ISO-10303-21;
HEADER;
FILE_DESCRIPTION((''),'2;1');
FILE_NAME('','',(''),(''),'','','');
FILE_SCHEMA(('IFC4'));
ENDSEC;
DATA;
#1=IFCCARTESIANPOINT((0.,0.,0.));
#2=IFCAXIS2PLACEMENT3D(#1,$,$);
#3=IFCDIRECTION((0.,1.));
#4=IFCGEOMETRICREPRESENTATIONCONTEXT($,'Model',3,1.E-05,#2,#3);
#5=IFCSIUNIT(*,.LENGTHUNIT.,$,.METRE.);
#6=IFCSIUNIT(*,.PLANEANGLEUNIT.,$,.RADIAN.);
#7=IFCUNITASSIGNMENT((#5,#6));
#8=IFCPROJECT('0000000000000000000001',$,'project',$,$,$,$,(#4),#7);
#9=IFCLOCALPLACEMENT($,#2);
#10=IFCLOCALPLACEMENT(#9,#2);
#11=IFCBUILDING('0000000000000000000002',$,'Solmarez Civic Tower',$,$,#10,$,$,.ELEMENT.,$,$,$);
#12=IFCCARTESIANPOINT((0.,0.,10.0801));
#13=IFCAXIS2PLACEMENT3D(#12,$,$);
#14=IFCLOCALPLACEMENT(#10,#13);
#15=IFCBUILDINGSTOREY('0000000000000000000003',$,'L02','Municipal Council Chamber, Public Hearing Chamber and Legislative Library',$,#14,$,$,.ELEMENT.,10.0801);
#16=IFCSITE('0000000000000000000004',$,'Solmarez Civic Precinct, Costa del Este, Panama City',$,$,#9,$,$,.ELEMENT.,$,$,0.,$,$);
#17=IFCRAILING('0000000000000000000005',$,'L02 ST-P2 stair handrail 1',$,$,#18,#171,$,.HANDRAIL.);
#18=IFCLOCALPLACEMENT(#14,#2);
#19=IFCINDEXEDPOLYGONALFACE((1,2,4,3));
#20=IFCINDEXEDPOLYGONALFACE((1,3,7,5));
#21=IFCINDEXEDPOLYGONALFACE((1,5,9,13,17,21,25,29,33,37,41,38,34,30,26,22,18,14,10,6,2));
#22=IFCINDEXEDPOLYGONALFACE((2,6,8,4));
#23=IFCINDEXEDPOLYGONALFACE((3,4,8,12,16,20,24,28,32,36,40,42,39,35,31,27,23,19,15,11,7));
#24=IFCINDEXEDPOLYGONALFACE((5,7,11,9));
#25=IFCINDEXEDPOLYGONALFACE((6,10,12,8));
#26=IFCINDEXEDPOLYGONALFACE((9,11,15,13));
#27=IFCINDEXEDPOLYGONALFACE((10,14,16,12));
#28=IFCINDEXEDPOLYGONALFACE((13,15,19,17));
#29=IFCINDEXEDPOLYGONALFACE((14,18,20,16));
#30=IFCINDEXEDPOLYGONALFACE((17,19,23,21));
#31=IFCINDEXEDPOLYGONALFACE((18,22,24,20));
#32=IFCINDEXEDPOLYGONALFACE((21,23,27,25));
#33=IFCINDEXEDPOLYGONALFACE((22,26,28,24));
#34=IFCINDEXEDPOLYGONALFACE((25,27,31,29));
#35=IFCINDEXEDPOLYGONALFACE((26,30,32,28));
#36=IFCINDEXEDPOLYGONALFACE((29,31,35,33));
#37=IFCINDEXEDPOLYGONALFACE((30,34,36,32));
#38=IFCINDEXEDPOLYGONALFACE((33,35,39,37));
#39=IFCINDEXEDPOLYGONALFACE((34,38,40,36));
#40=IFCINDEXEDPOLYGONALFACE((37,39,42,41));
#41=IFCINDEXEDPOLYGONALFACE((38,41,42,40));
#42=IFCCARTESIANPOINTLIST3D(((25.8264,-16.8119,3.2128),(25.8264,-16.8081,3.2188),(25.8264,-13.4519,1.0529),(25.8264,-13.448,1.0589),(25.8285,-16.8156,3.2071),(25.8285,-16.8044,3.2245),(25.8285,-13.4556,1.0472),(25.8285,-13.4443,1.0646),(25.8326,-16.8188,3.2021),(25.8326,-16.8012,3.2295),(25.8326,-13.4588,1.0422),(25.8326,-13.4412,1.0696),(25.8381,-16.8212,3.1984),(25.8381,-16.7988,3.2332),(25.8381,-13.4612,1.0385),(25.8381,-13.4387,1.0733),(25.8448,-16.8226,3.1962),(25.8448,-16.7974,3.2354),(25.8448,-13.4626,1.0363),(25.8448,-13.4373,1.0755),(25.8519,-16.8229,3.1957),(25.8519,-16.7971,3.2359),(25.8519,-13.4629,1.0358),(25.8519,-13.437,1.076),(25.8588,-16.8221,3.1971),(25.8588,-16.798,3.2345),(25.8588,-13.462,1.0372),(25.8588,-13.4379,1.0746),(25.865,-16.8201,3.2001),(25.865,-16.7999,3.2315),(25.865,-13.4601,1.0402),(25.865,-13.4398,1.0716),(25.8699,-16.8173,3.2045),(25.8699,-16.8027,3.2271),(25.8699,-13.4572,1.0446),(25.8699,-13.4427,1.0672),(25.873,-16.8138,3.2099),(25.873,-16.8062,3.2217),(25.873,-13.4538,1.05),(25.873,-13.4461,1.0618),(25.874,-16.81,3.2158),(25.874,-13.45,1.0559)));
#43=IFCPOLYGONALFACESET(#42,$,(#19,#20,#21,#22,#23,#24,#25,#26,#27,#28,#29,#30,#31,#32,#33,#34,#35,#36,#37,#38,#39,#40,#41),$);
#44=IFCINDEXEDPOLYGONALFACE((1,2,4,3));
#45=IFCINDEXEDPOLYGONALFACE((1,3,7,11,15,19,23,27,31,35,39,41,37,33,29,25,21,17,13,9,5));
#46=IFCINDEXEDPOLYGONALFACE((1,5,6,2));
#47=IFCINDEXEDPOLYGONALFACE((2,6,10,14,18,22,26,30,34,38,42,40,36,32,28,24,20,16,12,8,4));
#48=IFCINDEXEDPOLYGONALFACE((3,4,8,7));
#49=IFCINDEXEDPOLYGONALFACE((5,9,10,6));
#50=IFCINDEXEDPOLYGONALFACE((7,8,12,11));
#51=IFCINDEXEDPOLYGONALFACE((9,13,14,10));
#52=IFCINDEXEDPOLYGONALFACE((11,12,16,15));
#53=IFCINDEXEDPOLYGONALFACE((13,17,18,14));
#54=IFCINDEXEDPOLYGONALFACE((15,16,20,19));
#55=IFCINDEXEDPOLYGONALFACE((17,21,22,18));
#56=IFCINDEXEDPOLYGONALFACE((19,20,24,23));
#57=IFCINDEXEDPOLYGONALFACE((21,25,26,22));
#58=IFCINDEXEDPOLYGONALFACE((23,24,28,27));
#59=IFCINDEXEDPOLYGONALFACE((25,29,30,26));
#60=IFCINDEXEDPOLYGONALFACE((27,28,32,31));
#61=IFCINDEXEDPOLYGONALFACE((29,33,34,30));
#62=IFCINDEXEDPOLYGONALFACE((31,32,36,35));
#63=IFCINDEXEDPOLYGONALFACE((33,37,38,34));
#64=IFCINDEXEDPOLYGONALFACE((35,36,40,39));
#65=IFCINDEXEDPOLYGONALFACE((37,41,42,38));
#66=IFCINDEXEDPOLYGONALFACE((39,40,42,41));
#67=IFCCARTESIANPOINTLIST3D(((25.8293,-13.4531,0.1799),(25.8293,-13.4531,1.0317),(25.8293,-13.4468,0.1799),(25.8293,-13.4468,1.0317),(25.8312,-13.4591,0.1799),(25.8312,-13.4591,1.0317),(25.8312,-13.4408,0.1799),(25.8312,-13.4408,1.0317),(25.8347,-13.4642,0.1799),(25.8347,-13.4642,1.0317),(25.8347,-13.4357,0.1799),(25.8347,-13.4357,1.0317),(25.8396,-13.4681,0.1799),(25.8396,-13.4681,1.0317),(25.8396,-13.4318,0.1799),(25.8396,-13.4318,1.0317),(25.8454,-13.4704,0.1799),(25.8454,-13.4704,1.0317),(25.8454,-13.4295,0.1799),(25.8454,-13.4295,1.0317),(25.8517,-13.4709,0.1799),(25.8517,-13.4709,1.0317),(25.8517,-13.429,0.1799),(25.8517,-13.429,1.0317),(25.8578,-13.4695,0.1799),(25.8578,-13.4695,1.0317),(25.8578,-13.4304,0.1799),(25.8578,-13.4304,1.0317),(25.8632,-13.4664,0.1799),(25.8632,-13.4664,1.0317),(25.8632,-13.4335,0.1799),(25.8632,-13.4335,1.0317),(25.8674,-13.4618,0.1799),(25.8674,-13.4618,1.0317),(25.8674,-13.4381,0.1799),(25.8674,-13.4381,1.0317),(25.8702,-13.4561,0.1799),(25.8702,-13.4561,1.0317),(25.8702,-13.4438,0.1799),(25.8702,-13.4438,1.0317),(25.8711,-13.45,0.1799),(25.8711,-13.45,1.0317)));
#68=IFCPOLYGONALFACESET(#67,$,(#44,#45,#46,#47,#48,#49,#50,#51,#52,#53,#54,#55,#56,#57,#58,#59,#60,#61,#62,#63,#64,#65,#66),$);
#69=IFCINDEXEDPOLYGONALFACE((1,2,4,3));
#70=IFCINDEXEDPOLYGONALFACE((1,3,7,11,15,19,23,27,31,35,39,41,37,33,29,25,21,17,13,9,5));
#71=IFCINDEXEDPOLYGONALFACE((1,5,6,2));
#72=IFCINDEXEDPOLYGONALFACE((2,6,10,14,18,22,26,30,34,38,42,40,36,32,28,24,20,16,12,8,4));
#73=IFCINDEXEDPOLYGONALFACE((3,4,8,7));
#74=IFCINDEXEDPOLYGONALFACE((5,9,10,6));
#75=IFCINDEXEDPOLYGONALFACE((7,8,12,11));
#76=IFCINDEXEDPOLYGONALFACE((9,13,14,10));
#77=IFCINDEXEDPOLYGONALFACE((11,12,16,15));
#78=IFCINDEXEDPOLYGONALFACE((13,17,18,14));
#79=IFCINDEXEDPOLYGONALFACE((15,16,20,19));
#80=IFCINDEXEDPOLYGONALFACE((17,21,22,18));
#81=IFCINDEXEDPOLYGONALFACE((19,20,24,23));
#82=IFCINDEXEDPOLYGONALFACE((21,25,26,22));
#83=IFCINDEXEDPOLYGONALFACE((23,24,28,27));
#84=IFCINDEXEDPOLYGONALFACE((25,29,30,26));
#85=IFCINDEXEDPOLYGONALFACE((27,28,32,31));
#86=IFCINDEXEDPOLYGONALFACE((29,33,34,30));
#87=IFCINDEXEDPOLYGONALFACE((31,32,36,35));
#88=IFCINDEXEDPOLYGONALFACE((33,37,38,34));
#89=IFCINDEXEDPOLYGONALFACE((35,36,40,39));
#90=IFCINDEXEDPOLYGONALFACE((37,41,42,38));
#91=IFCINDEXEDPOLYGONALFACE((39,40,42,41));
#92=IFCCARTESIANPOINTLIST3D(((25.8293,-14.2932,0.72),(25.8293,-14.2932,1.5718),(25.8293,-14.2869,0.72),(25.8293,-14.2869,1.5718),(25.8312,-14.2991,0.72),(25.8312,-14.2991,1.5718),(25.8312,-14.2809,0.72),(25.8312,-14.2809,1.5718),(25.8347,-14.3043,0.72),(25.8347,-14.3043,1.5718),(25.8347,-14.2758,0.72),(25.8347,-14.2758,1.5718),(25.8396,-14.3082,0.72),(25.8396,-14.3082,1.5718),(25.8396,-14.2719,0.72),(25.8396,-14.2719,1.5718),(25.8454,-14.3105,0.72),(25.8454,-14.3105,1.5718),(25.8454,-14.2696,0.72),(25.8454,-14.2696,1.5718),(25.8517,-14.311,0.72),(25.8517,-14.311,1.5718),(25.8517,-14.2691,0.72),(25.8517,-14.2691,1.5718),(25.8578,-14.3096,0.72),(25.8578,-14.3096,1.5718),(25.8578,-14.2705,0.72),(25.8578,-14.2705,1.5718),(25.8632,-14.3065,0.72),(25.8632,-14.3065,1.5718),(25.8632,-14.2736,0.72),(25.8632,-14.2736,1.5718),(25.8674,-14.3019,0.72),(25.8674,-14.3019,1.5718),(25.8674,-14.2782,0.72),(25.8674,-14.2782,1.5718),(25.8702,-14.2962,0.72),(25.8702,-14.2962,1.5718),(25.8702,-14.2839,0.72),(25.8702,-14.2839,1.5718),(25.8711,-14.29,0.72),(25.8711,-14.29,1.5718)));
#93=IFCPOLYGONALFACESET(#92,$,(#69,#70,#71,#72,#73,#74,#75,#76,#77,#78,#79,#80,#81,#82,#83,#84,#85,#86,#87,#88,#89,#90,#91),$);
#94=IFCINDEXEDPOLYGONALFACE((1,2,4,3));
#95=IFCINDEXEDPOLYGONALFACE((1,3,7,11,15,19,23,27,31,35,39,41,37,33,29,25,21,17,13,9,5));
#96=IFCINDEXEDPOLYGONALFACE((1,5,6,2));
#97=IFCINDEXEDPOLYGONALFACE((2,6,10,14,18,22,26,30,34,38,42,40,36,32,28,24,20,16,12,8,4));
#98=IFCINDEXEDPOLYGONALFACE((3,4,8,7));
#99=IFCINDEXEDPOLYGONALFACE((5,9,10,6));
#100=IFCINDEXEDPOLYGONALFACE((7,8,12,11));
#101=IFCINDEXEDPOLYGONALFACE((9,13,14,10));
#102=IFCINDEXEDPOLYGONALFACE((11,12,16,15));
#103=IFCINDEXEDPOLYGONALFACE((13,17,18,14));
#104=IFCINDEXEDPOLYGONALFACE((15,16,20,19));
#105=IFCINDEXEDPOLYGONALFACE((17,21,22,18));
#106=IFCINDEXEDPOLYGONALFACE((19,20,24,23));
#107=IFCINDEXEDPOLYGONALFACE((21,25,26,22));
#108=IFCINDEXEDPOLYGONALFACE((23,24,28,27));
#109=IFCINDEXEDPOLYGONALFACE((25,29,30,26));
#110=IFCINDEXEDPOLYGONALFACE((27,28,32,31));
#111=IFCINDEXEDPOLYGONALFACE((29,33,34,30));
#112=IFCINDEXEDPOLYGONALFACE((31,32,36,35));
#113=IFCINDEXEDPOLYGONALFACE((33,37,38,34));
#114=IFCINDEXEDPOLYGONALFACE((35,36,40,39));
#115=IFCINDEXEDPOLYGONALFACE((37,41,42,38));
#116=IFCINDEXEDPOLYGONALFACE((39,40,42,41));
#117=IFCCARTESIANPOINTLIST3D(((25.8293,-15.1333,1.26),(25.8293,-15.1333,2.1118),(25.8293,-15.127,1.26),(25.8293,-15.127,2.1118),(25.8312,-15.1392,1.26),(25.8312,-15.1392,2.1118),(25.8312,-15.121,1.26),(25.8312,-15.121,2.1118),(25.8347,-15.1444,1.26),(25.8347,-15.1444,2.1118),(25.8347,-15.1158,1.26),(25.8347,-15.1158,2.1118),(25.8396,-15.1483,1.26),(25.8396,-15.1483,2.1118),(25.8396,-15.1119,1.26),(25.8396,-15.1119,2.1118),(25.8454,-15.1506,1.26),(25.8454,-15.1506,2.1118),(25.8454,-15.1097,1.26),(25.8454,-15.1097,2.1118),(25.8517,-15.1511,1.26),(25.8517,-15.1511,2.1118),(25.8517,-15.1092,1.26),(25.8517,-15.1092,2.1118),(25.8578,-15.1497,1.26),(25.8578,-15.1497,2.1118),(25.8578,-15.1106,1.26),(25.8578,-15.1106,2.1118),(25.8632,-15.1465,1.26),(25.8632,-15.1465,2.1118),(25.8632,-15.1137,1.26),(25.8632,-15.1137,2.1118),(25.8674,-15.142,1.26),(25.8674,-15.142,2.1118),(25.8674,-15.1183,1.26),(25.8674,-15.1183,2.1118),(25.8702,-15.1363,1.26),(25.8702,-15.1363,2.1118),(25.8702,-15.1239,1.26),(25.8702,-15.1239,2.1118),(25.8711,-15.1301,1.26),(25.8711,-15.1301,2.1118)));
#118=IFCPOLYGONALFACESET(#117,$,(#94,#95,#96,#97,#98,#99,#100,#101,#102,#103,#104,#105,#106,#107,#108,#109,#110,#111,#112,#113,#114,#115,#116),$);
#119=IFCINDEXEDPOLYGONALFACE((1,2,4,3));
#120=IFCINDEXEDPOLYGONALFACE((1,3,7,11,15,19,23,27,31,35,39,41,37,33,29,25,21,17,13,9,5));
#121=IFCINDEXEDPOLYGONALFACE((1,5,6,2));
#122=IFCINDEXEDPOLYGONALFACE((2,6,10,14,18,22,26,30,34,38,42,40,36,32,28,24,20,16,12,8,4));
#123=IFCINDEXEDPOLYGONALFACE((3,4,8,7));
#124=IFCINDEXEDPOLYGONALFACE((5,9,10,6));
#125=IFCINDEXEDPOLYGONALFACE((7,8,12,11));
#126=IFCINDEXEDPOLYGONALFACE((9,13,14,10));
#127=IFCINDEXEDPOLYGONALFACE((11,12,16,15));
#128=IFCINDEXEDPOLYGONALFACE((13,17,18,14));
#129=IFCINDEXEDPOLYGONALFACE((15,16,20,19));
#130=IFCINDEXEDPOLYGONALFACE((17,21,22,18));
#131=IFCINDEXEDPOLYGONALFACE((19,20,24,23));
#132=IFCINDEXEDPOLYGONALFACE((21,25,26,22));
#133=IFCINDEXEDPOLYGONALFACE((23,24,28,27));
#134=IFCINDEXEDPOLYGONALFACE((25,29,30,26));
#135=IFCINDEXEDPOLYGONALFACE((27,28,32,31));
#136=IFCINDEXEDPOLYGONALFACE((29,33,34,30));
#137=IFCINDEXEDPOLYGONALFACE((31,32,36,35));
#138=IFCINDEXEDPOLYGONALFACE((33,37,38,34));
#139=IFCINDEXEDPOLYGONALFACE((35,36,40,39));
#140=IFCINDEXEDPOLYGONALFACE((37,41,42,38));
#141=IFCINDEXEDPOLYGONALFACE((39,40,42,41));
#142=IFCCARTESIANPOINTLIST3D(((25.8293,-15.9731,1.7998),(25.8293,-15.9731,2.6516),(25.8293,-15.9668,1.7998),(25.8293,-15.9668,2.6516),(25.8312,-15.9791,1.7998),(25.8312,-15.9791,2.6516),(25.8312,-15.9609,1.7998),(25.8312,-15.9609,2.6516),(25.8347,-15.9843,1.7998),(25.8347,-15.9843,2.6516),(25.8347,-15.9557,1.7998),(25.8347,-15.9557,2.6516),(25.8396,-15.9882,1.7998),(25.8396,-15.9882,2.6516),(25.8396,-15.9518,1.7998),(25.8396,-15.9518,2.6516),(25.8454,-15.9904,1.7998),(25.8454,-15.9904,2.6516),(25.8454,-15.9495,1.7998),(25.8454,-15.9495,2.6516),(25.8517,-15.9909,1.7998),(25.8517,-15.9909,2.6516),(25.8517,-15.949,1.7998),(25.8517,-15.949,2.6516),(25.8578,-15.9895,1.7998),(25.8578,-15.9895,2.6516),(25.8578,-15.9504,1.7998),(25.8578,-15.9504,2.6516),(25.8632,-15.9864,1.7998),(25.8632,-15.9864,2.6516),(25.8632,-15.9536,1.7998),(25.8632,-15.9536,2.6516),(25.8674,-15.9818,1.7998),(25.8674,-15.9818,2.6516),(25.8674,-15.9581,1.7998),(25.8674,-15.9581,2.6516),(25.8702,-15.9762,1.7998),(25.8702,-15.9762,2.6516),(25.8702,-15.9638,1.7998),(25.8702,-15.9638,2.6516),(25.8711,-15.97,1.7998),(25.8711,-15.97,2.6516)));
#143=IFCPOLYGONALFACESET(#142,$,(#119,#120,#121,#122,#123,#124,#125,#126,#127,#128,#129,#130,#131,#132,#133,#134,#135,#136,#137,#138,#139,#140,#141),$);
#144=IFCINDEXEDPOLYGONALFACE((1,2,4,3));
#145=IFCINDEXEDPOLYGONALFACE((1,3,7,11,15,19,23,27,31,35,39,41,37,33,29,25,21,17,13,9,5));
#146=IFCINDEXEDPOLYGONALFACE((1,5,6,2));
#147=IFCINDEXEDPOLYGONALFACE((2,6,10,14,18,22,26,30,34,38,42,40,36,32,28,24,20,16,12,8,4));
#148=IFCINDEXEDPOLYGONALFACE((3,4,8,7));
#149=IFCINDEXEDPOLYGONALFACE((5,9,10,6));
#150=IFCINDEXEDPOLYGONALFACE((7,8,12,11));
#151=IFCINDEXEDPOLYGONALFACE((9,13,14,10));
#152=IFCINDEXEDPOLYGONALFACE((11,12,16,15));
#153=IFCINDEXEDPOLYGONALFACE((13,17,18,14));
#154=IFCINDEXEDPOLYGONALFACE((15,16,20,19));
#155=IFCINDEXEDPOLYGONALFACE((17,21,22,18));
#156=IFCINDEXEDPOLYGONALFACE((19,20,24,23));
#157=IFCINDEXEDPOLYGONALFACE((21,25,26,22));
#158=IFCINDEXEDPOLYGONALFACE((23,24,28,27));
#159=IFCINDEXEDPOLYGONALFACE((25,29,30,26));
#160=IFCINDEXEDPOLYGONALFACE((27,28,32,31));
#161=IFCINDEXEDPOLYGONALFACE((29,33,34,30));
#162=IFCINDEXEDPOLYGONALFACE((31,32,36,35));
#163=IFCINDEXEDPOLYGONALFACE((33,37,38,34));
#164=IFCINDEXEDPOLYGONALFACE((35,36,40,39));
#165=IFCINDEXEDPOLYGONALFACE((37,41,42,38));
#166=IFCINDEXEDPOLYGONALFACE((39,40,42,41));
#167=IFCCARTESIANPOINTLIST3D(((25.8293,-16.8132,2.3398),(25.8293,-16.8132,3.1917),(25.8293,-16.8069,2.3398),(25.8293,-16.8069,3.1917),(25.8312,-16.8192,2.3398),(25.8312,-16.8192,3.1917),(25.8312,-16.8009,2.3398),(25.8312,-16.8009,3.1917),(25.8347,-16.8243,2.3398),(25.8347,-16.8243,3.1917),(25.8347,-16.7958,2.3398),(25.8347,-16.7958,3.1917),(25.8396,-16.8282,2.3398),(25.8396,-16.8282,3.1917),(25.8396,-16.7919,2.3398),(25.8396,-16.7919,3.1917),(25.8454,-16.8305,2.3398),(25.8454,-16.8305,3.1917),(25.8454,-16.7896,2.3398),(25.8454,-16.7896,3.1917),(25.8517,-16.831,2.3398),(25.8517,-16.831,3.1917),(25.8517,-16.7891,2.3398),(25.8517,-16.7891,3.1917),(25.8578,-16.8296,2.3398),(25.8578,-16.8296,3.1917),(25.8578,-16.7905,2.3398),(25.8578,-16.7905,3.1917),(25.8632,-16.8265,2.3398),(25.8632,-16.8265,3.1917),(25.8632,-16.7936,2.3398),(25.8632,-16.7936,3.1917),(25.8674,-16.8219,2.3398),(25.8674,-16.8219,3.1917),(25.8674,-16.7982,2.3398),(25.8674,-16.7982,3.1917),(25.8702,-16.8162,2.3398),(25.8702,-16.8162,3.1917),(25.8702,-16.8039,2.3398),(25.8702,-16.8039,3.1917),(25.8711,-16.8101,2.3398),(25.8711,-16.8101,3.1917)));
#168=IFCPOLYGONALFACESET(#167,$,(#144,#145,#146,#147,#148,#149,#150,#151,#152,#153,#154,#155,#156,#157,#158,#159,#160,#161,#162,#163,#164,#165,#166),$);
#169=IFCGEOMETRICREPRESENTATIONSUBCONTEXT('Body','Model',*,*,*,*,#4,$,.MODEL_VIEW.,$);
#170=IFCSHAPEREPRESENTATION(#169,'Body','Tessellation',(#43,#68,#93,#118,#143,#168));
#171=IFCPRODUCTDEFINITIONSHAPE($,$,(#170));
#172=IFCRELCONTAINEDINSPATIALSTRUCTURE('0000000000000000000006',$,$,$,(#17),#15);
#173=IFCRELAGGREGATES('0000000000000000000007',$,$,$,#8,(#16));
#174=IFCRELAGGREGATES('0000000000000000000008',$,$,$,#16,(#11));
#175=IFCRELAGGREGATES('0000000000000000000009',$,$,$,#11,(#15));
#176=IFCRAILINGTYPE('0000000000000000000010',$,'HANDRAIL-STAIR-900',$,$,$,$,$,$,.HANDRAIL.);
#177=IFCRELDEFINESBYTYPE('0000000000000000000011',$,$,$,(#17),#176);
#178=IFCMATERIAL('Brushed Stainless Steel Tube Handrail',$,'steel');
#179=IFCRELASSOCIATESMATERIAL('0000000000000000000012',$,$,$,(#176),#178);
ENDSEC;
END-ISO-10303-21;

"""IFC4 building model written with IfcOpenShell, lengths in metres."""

from ifc_helpers import new_model, si_unit, direction, frame, origin, origin_2d, place, context, subcontext, project, spatial, circle, extrude, material, type_object, element, save


model = new_model("IFC4")

# Units and contexts
model_context = context("Model", 3, precision=1e-05, world=origin(), true_north=direction((0.0, 1.0)))
body_context = subcontext(model_context, "Body", "Model", "MODEL_VIEW")
ifc_project = project(units=[si_unit("LENGTHUNIT", "METRE"), si_unit("PLANEANGLEUNIT", "RADIAN")], contexts=[model_context])

# Site, building, storey
site_placement = place(None, origin())
site = spatial("IfcSite", under=ifc_project, at=site_placement, Name="Solmarez Civic Precinct, Costa del Este, Panama City", CompositionType="ELEMENT", RefElevation=0.0)
building_placement = place(site_placement, origin())
building = spatial("IfcBuilding", under=site, at=building_placement, Name="Solmarez Civic Tower", CompositionType="ELEMENT")
storey_placement = place(building_placement, frame((0.0, 0.0, 10.0801)))
storey = spatial("IfcBuildingStorey", under=building, at=storey_placement, Name="L02", Description="Municipal Council Chamber, Public Hearing Chamber and Legislative Library", CompositionType="ELEMENT", Elevation=10.0801)

# Railing
ifc_material_1 = material(Name="Brushed Stainless Steel Tube Handrail", Category="steel")
railing_type = type_object("IfcRailingType", Name="HANDRAIL-STAIR-900", PredefinedType="HANDRAIL", material=ifc_material_1)
railing_placement = place(storey_placement, frame((25.8501, -13.45, 0.1799)))
element("IfcRailing", 1, at=railing_placement, inside=storey, type_object=railing_type, Name="L02 ST-P2 stair handrail 1", PredefinedType="HANDRAIL", context=body_context, shape_type="SweptSolid", body=[
    extrude(circle(Radius=0.0239, at=origin_2d()), frame((0.0, 0.0, 0.876), z_axis=(0.0, -0.841196, 0.54073), x_axis=(1.0, 0.0, 0.0)), (0.0, 0.0, 1.0), 3.9944),
    extrude(circle(Radius=0.021, at=origin_2d()), origin(), (0.0, 0.0, 1.0), 0.8518),
    extrude(circle(Radius=0.021, at=origin_2d()), frame((0.0, -0.8401, 0.54)), (0.0, 0.0, 1.0), 0.8518),
    extrude(circle(Radius=0.021, at=origin_2d()), frame((0.0, -1.6802, 1.0801)), (0.0, 0.0, 1.0), 0.8518),
    extrude(circle(Radius=0.021, at=origin_2d()), frame((0.0, -2.52, 1.6199)), (0.0, 0.0, 1.0), 0.8518),
    extrude(circle(Radius=0.021, at=origin_2d()), frame((0.0, -3.3601, 2.1599)), (0.0, 0.0, 1.0), 0.8518),
])

save(model, "model.ifc")
